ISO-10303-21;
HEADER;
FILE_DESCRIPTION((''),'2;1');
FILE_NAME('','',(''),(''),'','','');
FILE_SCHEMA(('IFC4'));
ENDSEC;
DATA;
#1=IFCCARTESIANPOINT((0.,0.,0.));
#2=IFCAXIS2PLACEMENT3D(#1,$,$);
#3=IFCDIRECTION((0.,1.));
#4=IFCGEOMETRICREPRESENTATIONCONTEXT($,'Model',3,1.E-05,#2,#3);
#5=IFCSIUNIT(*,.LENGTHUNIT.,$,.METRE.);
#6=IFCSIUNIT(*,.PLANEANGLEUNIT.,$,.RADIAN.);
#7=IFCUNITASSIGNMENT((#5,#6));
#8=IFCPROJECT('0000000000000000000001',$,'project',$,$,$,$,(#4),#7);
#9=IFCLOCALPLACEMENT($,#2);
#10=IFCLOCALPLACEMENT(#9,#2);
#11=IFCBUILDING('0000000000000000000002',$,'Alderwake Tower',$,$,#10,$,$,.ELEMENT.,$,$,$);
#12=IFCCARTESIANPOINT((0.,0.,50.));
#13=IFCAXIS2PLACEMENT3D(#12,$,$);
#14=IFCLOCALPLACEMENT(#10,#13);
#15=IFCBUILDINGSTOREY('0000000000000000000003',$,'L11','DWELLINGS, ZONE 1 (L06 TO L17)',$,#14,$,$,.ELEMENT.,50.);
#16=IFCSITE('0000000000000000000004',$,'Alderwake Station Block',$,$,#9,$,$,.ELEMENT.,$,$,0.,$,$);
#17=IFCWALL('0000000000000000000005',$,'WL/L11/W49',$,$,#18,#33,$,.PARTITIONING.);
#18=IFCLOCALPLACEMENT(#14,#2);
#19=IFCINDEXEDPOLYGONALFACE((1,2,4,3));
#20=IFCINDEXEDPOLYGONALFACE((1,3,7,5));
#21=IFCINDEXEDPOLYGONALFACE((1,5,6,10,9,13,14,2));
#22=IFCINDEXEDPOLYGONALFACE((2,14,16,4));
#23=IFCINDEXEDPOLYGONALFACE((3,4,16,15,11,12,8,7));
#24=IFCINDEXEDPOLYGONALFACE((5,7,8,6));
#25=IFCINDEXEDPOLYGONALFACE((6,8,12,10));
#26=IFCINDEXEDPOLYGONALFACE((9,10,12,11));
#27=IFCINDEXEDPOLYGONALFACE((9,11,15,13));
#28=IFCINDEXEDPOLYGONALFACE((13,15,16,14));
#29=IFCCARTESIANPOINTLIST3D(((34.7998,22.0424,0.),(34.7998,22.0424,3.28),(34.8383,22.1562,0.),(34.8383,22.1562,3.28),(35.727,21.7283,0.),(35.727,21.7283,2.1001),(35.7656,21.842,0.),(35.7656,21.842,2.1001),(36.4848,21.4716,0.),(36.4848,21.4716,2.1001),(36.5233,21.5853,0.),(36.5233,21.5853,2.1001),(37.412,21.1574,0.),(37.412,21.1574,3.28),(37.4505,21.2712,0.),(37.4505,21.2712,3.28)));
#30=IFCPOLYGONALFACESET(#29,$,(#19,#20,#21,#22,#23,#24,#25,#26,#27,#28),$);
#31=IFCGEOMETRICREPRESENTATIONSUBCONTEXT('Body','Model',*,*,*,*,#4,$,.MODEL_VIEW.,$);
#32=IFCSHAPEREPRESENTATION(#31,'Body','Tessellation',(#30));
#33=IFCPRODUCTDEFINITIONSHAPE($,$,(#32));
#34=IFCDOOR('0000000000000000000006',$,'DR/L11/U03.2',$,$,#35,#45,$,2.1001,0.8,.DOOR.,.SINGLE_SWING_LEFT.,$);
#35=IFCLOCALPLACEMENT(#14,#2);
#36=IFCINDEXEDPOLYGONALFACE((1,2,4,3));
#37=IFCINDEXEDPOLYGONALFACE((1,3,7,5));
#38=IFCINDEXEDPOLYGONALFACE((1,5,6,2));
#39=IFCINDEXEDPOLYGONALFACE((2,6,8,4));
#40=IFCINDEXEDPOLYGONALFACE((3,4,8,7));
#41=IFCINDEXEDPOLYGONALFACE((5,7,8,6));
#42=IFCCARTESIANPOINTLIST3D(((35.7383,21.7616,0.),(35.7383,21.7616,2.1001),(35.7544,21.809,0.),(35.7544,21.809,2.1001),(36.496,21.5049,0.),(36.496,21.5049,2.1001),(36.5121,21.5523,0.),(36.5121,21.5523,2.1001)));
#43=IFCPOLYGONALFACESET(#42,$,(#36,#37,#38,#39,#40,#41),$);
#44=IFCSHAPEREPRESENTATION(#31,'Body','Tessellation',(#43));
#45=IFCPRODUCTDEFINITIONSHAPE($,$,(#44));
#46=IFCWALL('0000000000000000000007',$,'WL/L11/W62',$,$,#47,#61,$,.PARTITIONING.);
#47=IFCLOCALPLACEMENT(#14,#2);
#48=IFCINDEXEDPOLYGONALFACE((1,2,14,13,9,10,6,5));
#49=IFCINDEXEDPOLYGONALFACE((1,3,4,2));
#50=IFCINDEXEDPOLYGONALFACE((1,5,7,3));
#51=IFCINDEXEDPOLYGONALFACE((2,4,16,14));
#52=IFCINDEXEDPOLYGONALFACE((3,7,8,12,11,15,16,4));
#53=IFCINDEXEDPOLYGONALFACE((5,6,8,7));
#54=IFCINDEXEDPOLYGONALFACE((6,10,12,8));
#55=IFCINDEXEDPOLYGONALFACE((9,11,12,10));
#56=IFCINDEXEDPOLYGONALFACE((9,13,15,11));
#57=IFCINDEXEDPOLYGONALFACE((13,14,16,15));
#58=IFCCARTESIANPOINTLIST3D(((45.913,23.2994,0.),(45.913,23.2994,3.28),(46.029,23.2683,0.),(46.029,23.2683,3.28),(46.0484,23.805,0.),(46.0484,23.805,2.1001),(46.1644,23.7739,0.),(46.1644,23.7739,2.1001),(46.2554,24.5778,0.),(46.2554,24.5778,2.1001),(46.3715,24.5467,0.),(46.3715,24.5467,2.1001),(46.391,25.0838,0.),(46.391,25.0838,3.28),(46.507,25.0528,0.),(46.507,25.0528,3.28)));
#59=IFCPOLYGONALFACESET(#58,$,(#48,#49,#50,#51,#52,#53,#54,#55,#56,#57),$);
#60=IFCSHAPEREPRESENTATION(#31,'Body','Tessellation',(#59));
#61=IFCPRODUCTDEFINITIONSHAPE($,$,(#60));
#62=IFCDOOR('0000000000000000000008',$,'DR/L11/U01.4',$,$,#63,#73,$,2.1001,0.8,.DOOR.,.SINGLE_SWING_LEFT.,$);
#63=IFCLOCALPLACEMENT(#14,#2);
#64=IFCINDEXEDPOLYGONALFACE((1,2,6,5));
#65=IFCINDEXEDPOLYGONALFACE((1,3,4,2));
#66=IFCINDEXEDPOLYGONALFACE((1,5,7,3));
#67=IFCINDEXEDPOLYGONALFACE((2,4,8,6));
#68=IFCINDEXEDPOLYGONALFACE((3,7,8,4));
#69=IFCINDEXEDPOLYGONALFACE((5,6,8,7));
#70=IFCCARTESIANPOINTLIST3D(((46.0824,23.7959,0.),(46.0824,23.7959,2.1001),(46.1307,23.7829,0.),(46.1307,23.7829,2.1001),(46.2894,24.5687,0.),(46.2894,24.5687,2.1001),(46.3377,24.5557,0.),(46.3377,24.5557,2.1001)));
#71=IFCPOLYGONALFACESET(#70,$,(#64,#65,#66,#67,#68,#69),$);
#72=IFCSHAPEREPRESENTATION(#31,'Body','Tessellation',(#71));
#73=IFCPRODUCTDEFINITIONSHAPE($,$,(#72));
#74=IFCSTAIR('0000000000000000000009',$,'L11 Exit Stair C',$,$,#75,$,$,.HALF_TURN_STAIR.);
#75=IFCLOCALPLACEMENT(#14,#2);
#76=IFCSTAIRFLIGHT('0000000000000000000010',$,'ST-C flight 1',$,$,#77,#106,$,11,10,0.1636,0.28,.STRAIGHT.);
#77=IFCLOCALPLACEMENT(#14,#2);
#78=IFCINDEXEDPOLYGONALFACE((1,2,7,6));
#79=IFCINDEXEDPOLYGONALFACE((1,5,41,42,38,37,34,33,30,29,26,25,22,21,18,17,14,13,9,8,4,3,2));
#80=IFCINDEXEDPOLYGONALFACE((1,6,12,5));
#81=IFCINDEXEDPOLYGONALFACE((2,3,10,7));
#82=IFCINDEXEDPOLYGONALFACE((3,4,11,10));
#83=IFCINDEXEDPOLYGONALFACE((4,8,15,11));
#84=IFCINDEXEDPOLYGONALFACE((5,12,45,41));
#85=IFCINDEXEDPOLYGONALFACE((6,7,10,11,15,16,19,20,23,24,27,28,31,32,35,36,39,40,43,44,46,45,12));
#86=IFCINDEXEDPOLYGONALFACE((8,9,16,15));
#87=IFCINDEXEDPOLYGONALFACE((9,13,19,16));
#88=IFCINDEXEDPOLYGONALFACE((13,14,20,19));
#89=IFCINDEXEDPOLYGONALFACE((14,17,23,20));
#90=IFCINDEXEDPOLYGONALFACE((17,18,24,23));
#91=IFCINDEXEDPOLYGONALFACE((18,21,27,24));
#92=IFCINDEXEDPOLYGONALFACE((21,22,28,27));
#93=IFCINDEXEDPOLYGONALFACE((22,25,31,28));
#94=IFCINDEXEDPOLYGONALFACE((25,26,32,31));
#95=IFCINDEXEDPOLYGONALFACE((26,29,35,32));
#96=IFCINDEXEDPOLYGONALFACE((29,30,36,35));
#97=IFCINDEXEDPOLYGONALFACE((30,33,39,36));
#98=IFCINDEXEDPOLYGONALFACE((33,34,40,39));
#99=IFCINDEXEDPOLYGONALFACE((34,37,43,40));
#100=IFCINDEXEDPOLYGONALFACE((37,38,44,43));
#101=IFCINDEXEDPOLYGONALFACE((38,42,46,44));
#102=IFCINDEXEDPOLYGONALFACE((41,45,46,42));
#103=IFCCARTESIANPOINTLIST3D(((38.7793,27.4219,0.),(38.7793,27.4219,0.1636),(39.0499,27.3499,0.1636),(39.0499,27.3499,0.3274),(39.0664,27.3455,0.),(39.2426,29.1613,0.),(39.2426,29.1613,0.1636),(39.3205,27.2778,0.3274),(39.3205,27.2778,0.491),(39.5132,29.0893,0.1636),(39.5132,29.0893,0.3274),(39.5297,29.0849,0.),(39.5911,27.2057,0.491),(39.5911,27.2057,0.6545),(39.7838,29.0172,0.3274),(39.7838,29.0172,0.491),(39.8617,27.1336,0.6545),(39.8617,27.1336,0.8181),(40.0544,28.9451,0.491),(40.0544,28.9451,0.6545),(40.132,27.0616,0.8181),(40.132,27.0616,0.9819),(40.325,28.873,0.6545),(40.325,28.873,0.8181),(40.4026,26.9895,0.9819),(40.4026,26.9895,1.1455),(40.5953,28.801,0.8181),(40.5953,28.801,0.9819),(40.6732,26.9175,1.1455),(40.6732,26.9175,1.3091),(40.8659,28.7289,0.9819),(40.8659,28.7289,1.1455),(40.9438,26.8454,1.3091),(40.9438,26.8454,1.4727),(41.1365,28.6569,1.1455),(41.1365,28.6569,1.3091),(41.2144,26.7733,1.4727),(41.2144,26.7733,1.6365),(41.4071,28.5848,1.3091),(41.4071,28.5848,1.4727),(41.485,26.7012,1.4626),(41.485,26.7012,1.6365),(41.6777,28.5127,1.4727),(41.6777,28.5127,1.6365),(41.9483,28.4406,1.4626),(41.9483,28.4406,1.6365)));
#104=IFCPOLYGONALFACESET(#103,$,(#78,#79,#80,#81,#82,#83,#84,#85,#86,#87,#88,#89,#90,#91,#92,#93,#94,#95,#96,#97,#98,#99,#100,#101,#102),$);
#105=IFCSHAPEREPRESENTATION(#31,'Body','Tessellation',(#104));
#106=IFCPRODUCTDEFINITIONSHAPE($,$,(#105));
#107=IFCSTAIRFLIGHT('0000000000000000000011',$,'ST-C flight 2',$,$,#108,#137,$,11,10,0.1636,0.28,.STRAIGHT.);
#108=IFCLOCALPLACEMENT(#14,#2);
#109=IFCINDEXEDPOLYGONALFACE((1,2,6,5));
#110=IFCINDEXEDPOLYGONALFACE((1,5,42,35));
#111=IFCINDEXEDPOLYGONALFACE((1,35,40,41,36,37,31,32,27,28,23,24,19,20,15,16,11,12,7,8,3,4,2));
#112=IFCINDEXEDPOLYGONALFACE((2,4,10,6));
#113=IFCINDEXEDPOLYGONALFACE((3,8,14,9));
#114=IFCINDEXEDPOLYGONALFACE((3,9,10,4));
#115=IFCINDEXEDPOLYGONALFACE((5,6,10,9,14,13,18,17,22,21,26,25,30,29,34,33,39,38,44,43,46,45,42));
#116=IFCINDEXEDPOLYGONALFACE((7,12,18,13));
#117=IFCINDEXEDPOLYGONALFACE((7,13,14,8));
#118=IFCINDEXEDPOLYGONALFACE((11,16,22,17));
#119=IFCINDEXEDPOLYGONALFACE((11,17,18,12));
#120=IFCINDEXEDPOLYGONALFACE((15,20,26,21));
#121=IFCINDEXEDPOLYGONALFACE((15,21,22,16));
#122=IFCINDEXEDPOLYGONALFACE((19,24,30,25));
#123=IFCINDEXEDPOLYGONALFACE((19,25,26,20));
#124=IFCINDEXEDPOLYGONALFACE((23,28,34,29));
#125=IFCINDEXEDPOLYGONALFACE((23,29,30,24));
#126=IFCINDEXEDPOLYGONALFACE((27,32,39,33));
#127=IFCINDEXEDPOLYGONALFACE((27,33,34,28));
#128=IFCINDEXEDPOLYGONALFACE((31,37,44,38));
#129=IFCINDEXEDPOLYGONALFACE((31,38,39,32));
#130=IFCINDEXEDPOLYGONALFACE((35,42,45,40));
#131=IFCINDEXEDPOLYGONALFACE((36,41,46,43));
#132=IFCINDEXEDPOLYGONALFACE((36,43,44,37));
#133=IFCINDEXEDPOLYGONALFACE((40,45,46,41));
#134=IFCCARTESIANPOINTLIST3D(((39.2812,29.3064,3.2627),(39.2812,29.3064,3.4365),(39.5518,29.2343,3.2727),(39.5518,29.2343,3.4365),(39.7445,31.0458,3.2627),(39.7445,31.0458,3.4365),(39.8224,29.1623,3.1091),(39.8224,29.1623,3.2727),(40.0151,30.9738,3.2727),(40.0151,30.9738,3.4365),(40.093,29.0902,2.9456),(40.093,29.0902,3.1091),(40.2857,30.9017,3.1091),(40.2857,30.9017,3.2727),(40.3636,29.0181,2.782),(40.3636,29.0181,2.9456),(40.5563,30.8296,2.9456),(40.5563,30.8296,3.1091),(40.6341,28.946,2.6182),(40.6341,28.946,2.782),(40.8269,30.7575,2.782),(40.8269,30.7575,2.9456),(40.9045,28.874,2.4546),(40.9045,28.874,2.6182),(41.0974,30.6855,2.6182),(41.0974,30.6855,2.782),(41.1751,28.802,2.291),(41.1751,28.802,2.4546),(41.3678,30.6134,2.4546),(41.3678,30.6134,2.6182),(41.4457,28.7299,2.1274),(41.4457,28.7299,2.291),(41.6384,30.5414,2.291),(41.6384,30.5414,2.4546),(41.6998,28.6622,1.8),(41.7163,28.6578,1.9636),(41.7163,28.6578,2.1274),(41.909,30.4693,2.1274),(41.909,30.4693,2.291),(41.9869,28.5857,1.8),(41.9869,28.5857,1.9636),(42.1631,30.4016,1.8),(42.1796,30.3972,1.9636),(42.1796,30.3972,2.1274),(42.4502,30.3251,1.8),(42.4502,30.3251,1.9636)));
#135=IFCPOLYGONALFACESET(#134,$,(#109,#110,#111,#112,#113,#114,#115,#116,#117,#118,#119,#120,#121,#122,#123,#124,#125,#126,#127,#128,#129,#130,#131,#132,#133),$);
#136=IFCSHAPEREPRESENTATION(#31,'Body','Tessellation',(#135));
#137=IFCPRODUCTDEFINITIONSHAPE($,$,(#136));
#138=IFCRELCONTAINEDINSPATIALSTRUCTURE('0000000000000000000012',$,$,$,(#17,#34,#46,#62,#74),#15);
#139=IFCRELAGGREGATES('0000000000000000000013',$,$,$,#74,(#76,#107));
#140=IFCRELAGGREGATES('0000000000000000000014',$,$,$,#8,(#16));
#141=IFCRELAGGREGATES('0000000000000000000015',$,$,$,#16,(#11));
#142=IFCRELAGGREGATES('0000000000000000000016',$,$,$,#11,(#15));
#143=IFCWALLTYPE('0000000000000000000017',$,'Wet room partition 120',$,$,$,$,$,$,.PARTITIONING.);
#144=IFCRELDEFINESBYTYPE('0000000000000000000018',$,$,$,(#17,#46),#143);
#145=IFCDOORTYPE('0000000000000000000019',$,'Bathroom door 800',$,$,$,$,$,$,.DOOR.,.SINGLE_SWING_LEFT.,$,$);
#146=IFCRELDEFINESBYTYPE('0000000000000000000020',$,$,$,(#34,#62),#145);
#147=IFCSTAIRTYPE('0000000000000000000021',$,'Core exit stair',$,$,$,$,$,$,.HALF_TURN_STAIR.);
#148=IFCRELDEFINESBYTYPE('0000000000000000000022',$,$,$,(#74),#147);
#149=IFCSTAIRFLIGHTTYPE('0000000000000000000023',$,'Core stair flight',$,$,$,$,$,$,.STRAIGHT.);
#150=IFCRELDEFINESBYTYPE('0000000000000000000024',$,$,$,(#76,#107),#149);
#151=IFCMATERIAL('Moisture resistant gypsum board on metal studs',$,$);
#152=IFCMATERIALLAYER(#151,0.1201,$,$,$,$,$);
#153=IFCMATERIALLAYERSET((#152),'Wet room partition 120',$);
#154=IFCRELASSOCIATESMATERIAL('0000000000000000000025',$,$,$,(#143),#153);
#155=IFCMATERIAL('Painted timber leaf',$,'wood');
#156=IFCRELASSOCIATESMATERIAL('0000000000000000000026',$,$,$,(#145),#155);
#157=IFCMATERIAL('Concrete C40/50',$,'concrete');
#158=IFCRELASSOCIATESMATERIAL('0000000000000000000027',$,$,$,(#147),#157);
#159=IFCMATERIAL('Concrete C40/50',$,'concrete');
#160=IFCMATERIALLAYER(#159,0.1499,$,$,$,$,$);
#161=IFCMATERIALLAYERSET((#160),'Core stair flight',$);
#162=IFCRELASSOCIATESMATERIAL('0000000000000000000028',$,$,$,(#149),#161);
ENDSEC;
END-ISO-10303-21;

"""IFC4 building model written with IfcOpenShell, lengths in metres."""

from ifc_helpers import new_model, si_unit, direction, frame, frame_2d, origin, place, context, subcontext, project, spatial, polyline, rectangle, outline, extrude, material, layer, layer_set, type_object, element, fill, aggregate, save


model = new_model("IFC4")

# Units and contexts
model_context = context("Model", 3, precision=1e-05, world=origin(), true_north=direction((0.0, 1.0)))
body_context = subcontext(model_context, "Body", "Model", "MODEL_VIEW")
ifc_project = project(units=[si_unit("LENGTHUNIT", "METRE"), si_unit("PLANEANGLEUNIT", "RADIAN")], contexts=[model_context])

# Site, building, storey
site_placement = place(None, origin())
site = spatial("IfcSite", under=ifc_project, at=site_placement, Name="Alderwake Station Block", CompositionType="ELEMENT", RefElevation=0.0)
building_placement = place(site_placement, origin())
building = spatial("IfcBuilding", under=site, at=building_placement, Name="Alderwake Tower", CompositionType="ELEMENT")
storey_placement = place(building_placement, frame((0.0, 0.0, 50.0)))
storey = spatial("IfcBuildingStorey", under=building, at=storey_placement, Name="L11", Description="DWELLINGS, ZONE 1 (L06 TO L17)", CompositionType="ELEMENT", Elevation=50.0)

# Shared definitions
ifc_material_1 = material(Name="Moisture resistant gypsum board on metal studs")
ifc_layer_1 = layer(ifc_material_1, 0.1201)
ifc_layer_set_1 = layer_set([ifc_layer_1], Name="Wet room partition 120")
wall_type_1 = type_object("IfcWallType", Name="Wet room partition 120", PredefinedType="PARTITIONING", material=ifc_layer_set_1)

# Walls, openings, doors
wall_1_placement = place(storey_placement, frame((37.4312, 21.2144, 0.0), z_axis=(0.0, 0.0, 1.0), x_axis=(-0.947123, 0.320871, 0.0)))
wall_1 = element("IfcWall", 1, at=wall_1_placement, inside=storey, type_object=wall_type_1, Name="WL/L11/W49", PredefinedType="PARTITIONING", context=body_context, shape_type="SweptSolid", body=[
    extrude(rectangle(XDim=2.7581, YDim=0.1201, at=frame_2d((1.3789, 0.0))), origin(), (0.0, 0.0, 1.0), 3.28),
])
opening_1_placement = place(wall_1_placement, frame((0.979, 0.0, 0.0)))
opening_1 = element("IfcOpeningElement", 2, at=opening_1_placement, cuts=wall_1, PredefinedType="OPENING", context=body_context, shape_type="SweptSolid", body=[
    extrude(rectangle(XDim=0.8, YDim=2.1001, at=frame_2d((0.3999, 1.05))), frame((0.0, 0.0701, 0.0), z_axis=(0.0, -1.0, 0.0), x_axis=(1.0, 0.0, 0.0)), (0.0, 0.0, 1.0), 0.1401),
])
ifc_material_2 = material(Name="Painted timber leaf", Category="wood")
door_type_1 = type_object("IfcDoorType", Name="Bathroom door 800", OperationType="SINGLE_SWING_LEFT", PredefinedType="DOOR", material=ifc_material_2)
door_1_placement = place(opening_1_placement, origin())
door_1 = element("IfcDoor", 3, at=door_1_placement, inside=storey, type_object=door_type_1, Name="DR/L11/U03.2", OperationType="SINGLE_SWING_LEFT", OverallHeight=2.1001, OverallWidth=0.8, PredefinedType="DOOR", context=body_context, shape_type="SweptSolid", body=[
    extrude(rectangle(XDim=0.8, YDim=2.1001, at=frame_2d((0.3999, 1.05))), frame((0.0, 0.0249, 0.0), z_axis=(0.0, -1.0, 0.0), x_axis=(1.0, 0.0, 0.0)), (0.0, 0.0, 1.0), 0.05),
])
fill(opening_1, door_1)
wall_2_placement = place(storey_placement, frame((45.9709, 23.2837, 0.0), z_axis=(0.0, 0.0, 1.0), x_axis=(0.258765, 0.96594, 0.0)))
wall_2 = element("IfcWall", 4, at=wall_2_placement, inside=storey, type_object=wall_type_1, Name="WL/L11/W62", PredefinedType="PARTITIONING", context=body_context, shape_type="SweptSolid", body=[
    extrude(rectangle(XDim=1.8474, YDim=0.1201, at=frame_2d((0.9238, 0.0))), origin(), (0.0, 0.0, 1.0), 3.28),
])
opening_2_placement = place(wall_2_placement, frame((0.5237, 0.0, 0.0)))
opening_2 = element("IfcOpeningElement", 5, at=opening_2_placement, cuts=wall_2, PredefinedType="OPENING", context=body_context, shape_type="SweptSolid", body=[
    extrude(rectangle(XDim=0.8, YDim=2.1001, at=frame_2d((0.3999, 1.05))), frame((0.0, 0.0701, 0.0), z_axis=(0.0, -1.0, 0.0), x_axis=(1.0, 0.0, 0.0)), (0.0, 0.0, 1.0), 0.1401),
])
door_2_placement = place(opening_2_placement, origin())
door_2 = element("IfcDoor", 6, at=door_2_placement, inside=storey, type_object=door_type_1, Name="DR/L11/U01.4", OperationType="SINGLE_SWING_LEFT", OverallHeight=2.1001, OverallWidth=0.8, PredefinedType="DOOR", context=body_context, shape_type="SweptSolid", body=[
    extrude(rectangle(XDim=0.8, YDim=2.1001, at=frame_2d((0.3999, 1.05))), frame((0.0, 0.0249, 0.0), z_axis=(0.0, -1.0, 0.0), x_axis=(1.0, 0.0, 0.0)), (0.0, 0.0, 1.0), 0.05),
])
fill(opening_2, door_2)

# Stair, stair flights
ifc_material_3 = material(Name="Concrete C40/50", Category="concrete")
stair_type = type_object("IfcStairType", Name="Core exit stair", PredefinedType="HALF_TURN_STAIR", material=ifc_material_3)
stair_placement = place(storey_placement, origin())
stair = element("IfcStair", 7, at=stair_placement, inside=storey, type_object=stair_type, Name="L11 Exit Stair C", PredefinedType="HALF_TURN_STAIR")
ifc_material_4 = material(Name="Concrete C40/50", Category="concrete")
ifc_layer_2 = layer(ifc_material_4, 0.1499)
ifc_layer_set_2 = layer_set([ifc_layer_2], Name="Core stair flight")
stair_flight_type = type_object("IfcStairFlightType", Name="Core stair flight", PredefinedType="STRAIGHT", material=ifc_layer_set_2)
stair_flight_1_placement = place(storey_placement, frame((39.011, 28.2917, 0.0), z_axis=(0.0, 0.0, 1.0), x_axis=(0.96631, -0.257382, 0.0)))
stair_flight_1 = element("IfcStairFlight", 8, at=stair_flight_1_placement, type_object=stair_flight_type, Name="ST-C flight 1", NumberOfRisers=11, NumberOfTreads=10, PredefinedType="STRAIGHT", RiserHeight=0.1636, TreadLength=0.28, context=body_context, shape_type="SweptSolid", body=[
    extrude(outline(polyline([(0.0, 0.0), (0.0, 0.1636), (0.28, 0.1636), (0.28, 0.3274), (0.5601, 0.3274), (0.5601, 0.491), (0.8401, 0.491), (0.8401, 0.6545), (1.1201, 0.6545), (1.1201, 0.8181), (1.3999, 0.8181), (1.3999, 0.9819), (1.6799, 0.9819), (1.6799, 1.1455), (1.96, 1.1455), (1.96, 1.3091), (2.24, 1.3091), (2.24, 1.4727), (2.52, 1.4727), (2.52, 1.6365), (2.8, 1.6365), (2.8, 1.8), (2.8, 1.4626), (0.2971, 0.0), (0.0, 0.0)])), frame((0.0, 0.8999, 0.0), z_axis=(0.0, -1.0, 0.0), x_axis=(1.0, 0.0, 0.0)), (0.0, 0.0, 1.0), 1.8),
])
stair_flight_2_placement = place(storey_placement, frame((42.2185, 29.4553, 1.8), z_axis=(0.0, 0.0, 1.0), x_axis=(-0.96631, 0.257382, 0.0)))
stair_flight_2 = element("IfcStairFlight", 9, at=stair_flight_2_placement, type_object=stair_flight_type, Name="ST-C flight 2", NumberOfRisers=11, NumberOfTreads=10, PredefinedType="STRAIGHT", RiserHeight=0.1636, TreadLength=0.28, context=body_context, shape_type="SweptSolid", body=[
    extrude(outline(polyline([(0.0, 0.0), (0.0, 0.1636), (0.28, 0.1636), (0.28, 0.3274), (0.5601, 0.3274), (0.5601, 0.491), (0.8401, 0.491), (0.8401, 0.6545), (1.1201, 0.6545), (1.1201, 0.8181), (1.3999, 0.8181), (1.3999, 0.9819), (1.6799, 0.9819), (1.6799, 1.1455), (1.96, 1.1455), (1.96, 1.3091), (2.24, 1.3091), (2.24, 1.4727), (2.52, 1.4727), (2.52, 1.6365), (2.8, 1.6365), (2.8, 1.8), (2.8, 1.4626), (0.2971, 0.0), (0.0, 0.0)])), frame((0.0, 0.8999, 0.0), z_axis=(0.0, -1.0, 0.0), x_axis=(1.0, 0.0, 0.0)), (0.0, 0.0, 1.0), 1.8),
])
aggregate(stair, [stair_flight_1, stair_flight_2])

save(model, "model.ifc")
